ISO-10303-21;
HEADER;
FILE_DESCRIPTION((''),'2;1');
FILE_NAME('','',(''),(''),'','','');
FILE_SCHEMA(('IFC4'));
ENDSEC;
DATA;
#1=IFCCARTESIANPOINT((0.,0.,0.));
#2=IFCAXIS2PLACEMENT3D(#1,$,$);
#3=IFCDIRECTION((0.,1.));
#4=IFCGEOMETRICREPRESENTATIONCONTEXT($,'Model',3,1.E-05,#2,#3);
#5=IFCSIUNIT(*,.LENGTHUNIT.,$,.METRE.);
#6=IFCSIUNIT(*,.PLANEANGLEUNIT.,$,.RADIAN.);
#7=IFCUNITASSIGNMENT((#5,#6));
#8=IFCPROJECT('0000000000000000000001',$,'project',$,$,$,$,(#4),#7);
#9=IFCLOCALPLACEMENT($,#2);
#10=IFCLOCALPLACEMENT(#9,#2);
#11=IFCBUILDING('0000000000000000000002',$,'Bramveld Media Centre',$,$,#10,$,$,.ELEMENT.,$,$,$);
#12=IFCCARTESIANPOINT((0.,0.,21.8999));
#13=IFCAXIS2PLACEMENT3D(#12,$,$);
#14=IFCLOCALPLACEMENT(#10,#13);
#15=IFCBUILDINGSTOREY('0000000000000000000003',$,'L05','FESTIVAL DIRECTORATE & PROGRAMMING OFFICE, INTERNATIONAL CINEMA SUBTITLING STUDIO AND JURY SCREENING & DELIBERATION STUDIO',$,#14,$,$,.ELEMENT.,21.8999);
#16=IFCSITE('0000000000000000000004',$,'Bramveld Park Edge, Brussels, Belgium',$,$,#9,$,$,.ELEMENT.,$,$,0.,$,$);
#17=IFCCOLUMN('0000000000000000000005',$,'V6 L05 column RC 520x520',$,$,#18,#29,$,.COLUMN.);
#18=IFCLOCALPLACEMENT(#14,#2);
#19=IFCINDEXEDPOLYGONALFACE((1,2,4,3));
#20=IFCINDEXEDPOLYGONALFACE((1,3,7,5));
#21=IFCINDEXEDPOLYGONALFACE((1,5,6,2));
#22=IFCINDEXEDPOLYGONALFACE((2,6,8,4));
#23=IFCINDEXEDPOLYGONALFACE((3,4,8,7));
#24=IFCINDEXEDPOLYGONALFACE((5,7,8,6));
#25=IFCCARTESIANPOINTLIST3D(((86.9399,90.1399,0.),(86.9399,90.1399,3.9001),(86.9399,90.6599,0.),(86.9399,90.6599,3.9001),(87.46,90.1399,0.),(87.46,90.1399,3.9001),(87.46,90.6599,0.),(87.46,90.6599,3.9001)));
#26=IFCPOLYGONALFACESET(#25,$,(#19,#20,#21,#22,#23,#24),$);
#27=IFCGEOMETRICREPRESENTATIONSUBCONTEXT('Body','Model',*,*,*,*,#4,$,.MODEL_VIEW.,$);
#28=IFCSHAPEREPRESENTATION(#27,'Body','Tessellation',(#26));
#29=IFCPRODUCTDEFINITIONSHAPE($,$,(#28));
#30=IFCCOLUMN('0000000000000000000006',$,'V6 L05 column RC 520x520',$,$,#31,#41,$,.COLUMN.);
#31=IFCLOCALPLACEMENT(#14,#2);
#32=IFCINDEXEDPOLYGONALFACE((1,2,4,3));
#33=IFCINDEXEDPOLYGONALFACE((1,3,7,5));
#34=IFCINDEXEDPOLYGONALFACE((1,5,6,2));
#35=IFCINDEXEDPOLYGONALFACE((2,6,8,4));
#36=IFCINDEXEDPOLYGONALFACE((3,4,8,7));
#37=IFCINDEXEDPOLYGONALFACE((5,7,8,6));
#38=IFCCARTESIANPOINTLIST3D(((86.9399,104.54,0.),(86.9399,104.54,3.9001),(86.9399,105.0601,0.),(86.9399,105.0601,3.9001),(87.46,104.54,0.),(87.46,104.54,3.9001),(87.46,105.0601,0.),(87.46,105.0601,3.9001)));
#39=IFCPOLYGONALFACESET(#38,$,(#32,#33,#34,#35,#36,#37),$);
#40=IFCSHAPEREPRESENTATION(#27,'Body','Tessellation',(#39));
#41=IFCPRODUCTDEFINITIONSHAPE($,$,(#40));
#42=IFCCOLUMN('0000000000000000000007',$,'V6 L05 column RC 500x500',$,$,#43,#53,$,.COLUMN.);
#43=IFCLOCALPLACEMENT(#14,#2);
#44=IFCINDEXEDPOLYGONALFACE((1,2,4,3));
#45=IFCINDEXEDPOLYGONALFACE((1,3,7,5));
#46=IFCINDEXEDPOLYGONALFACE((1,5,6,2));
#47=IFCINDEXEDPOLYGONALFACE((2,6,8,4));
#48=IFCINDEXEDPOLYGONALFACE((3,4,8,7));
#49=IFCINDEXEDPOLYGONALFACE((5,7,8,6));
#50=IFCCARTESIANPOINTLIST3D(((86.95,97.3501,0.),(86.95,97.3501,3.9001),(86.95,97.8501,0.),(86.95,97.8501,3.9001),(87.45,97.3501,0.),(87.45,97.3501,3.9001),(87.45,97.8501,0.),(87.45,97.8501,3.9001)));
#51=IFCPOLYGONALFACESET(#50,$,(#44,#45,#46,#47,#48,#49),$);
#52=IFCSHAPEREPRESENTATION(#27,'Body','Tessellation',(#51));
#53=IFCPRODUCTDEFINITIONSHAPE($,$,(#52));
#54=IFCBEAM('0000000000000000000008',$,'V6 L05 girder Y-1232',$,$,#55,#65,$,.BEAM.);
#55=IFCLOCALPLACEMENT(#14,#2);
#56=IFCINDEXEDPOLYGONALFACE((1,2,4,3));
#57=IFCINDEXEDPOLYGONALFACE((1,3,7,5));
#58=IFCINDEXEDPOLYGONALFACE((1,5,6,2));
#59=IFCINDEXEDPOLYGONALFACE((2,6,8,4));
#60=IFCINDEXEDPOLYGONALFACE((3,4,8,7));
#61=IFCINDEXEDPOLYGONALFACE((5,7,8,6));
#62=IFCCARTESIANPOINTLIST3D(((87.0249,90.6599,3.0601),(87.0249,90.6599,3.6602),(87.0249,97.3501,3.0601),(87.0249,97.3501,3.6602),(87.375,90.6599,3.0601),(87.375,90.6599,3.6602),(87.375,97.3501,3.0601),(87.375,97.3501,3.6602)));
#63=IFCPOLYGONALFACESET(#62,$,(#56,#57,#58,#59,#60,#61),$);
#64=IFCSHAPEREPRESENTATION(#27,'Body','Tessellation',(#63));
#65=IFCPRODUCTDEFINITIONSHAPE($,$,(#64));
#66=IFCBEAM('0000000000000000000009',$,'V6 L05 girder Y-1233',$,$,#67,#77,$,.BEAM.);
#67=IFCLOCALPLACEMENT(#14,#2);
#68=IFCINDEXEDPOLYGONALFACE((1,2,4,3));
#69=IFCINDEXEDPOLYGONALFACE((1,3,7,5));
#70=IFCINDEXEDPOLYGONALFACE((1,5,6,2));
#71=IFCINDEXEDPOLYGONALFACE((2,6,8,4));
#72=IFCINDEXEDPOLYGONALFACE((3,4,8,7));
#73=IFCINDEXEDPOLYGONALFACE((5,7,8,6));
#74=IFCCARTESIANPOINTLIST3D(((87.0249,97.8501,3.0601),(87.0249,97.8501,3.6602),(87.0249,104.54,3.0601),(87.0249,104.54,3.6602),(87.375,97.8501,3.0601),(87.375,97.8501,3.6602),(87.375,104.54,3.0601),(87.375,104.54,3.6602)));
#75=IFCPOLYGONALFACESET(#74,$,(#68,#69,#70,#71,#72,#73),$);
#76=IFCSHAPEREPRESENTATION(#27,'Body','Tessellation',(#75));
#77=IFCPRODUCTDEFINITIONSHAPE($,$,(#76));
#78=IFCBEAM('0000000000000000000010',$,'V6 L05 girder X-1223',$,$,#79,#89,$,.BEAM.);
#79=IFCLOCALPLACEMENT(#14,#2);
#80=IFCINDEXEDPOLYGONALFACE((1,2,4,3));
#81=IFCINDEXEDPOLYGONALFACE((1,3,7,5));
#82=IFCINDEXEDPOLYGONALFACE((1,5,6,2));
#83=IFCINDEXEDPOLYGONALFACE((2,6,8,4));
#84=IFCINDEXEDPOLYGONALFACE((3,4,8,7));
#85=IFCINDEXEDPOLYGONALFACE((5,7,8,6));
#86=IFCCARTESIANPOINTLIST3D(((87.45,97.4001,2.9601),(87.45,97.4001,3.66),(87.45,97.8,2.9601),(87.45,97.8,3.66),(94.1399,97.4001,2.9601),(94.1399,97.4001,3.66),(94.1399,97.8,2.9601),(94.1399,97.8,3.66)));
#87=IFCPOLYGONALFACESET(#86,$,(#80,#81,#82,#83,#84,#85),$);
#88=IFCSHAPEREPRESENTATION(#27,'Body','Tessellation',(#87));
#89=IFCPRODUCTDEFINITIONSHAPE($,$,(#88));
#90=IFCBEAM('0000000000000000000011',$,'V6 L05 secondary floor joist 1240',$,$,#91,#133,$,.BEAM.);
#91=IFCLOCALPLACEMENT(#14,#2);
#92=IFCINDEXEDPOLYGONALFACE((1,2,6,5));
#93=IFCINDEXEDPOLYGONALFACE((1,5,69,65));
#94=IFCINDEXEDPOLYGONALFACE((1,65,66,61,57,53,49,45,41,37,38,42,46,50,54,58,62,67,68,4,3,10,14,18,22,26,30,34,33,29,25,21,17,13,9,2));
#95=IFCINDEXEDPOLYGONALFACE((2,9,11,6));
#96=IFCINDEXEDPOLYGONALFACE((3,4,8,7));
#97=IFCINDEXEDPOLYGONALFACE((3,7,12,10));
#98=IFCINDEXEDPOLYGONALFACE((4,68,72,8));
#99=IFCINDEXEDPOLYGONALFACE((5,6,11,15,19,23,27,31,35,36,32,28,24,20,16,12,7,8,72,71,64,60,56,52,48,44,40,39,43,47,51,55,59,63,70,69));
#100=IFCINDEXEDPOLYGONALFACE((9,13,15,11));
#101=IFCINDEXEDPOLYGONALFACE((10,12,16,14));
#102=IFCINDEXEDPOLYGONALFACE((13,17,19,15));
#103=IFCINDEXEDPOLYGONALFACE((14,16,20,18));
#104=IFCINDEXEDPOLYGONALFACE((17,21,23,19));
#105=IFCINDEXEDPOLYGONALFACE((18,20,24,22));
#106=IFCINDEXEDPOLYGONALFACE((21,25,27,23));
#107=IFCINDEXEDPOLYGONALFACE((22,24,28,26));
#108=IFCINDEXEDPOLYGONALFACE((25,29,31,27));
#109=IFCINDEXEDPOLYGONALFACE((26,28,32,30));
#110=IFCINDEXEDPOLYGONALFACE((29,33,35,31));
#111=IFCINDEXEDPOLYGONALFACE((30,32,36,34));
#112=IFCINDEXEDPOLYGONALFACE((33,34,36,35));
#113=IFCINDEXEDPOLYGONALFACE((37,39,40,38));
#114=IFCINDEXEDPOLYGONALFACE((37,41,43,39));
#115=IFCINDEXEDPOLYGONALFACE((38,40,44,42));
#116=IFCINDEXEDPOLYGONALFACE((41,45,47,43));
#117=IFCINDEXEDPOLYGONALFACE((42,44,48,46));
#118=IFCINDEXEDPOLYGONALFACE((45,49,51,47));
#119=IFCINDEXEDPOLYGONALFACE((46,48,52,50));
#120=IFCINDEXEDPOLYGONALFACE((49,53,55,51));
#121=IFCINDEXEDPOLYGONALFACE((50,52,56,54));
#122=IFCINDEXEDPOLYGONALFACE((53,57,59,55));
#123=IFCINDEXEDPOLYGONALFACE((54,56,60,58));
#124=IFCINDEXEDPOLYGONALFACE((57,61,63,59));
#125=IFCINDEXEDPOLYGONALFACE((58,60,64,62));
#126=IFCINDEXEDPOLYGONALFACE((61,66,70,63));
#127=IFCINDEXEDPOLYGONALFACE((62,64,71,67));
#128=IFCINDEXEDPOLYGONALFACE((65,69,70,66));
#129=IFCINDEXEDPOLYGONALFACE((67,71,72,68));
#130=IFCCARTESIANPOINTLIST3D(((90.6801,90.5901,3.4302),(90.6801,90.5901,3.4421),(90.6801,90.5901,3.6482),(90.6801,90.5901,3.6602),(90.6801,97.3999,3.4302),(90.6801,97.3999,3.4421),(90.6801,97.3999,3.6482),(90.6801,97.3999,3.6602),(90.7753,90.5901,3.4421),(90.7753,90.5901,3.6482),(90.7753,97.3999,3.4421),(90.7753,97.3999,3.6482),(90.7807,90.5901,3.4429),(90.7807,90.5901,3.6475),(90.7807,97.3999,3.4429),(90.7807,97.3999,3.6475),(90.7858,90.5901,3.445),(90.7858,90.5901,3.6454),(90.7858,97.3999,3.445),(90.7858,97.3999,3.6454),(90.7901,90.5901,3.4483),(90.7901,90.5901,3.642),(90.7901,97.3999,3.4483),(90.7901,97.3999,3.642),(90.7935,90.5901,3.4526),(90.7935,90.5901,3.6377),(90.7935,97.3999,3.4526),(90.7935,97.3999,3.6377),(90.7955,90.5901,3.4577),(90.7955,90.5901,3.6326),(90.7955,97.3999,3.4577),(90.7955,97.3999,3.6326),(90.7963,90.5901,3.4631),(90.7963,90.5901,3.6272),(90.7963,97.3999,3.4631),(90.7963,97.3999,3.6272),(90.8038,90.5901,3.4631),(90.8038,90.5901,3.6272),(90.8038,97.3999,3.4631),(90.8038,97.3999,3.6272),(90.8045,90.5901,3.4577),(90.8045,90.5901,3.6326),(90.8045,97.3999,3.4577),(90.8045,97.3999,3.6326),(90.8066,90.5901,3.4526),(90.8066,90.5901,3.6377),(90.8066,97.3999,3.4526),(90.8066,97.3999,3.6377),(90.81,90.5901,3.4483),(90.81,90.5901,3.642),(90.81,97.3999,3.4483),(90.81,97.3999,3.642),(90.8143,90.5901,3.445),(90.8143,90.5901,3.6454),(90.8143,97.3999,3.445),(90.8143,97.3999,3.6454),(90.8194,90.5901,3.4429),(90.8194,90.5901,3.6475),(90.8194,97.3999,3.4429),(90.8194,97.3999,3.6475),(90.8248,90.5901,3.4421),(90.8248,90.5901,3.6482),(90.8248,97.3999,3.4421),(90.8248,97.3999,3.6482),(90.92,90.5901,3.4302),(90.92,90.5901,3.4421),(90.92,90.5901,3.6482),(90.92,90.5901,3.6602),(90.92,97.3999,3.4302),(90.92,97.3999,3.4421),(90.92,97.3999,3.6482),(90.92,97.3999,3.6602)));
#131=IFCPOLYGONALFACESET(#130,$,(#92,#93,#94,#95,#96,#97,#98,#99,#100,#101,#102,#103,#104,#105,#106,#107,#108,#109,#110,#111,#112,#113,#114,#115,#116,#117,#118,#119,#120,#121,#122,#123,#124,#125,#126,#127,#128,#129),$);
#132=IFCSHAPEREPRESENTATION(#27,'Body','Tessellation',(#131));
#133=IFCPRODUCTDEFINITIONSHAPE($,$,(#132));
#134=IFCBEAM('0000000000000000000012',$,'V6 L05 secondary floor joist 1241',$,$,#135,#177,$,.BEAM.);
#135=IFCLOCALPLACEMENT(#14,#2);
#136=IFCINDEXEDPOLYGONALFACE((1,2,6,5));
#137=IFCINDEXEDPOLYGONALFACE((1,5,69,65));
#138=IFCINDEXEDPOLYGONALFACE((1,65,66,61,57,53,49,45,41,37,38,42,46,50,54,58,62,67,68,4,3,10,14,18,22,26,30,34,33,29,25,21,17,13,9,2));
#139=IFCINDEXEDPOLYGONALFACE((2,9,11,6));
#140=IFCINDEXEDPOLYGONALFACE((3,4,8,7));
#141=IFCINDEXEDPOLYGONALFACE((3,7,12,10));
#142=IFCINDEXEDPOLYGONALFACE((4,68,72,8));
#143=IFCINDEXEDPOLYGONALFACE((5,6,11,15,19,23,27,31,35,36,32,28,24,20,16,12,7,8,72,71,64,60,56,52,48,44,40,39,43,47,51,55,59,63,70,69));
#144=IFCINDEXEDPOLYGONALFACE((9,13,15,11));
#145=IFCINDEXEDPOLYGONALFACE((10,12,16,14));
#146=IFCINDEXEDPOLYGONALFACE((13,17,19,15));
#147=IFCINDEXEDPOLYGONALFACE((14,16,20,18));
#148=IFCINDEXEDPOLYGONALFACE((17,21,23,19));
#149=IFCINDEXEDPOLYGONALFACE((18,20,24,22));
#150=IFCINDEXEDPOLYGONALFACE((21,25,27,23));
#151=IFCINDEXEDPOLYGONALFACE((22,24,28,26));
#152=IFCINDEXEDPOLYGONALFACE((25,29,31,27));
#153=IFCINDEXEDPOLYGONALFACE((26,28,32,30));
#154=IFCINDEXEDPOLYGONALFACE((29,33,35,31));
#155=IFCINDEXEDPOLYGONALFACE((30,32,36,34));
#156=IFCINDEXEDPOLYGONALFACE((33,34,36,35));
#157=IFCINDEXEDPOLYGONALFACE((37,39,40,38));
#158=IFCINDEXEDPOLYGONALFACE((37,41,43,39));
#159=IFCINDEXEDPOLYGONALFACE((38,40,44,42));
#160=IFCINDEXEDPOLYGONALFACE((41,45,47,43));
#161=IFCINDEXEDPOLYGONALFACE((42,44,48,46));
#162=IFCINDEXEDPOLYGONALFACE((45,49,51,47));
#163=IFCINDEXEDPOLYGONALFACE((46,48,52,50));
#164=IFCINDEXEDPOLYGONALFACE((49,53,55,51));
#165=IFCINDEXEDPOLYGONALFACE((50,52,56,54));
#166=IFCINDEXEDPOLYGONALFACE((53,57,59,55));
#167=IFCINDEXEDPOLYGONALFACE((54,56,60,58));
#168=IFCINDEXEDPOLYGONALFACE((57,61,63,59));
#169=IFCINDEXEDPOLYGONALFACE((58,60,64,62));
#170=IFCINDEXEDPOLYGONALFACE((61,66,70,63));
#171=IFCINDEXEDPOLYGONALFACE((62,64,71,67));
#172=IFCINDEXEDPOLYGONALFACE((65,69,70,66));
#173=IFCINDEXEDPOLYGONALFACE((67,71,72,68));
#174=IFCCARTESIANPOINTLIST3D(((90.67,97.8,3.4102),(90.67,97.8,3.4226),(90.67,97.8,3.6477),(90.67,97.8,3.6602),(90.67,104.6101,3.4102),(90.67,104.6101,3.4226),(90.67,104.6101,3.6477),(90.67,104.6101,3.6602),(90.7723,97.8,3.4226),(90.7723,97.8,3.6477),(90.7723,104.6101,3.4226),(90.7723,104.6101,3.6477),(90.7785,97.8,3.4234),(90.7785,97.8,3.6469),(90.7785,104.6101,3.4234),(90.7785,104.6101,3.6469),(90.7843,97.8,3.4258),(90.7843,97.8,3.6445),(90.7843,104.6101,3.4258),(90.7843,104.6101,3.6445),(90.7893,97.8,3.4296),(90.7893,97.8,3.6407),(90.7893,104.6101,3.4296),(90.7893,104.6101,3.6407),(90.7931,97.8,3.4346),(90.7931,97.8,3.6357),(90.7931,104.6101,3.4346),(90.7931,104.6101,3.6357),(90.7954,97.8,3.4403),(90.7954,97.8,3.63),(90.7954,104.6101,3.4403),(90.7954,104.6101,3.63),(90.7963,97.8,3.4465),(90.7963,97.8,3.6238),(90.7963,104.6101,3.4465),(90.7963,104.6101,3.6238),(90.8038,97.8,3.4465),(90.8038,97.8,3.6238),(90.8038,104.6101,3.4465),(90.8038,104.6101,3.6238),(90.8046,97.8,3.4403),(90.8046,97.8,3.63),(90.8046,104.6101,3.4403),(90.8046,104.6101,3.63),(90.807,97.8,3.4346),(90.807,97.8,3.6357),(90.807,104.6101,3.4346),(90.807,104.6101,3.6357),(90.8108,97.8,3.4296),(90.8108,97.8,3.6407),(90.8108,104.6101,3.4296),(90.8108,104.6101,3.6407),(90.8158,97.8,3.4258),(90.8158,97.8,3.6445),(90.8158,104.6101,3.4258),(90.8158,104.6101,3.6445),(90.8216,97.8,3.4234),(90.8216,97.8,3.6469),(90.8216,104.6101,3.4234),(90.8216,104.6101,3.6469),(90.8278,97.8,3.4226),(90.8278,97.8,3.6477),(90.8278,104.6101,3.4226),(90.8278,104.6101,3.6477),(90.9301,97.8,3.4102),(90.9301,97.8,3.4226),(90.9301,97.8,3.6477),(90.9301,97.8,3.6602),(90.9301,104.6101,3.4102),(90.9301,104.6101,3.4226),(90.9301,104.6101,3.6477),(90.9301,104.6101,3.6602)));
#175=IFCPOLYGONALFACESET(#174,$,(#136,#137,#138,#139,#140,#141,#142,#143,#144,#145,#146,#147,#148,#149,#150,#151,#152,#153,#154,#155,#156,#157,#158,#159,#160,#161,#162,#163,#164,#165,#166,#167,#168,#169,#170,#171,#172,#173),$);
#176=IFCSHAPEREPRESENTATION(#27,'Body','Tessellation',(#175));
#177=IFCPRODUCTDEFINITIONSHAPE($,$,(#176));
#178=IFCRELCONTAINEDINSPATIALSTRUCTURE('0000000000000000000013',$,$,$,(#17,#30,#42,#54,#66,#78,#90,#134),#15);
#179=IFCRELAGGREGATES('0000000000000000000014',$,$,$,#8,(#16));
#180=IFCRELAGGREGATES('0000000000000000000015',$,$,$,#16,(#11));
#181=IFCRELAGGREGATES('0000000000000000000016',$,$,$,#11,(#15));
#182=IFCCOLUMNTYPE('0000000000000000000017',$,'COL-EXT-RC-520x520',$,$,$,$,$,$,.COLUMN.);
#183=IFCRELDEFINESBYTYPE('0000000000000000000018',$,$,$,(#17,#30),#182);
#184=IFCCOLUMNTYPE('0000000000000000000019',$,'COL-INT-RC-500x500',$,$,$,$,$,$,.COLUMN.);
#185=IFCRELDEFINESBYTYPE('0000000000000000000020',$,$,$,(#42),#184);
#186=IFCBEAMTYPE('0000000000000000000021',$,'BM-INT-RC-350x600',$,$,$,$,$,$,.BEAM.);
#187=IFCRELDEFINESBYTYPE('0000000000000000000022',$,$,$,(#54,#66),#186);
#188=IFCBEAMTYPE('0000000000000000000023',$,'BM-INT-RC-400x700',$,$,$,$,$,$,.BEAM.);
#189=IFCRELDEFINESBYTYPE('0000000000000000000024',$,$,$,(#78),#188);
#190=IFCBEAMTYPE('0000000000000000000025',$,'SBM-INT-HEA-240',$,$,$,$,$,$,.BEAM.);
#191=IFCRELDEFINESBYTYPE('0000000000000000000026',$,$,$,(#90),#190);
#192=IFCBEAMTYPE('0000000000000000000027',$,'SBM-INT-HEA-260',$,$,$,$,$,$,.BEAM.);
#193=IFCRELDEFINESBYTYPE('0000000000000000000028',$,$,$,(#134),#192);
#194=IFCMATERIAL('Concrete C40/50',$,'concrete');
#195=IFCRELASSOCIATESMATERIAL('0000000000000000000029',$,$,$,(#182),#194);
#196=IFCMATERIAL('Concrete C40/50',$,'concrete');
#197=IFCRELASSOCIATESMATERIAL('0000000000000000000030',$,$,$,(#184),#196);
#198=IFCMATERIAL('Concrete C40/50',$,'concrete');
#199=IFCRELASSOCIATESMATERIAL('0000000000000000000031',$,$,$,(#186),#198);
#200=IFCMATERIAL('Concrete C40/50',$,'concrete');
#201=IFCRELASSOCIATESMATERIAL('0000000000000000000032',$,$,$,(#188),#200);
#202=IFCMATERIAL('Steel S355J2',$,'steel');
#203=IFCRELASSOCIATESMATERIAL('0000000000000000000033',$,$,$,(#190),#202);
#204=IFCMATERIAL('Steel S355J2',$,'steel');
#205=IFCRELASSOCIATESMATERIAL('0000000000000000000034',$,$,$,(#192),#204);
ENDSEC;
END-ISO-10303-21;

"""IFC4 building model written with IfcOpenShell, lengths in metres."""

from ifc_helpers import new_model, si_unit, direction, frame, origin, origin_2d, place, context, subcontext, project, spatial, rectangle, i_section, extrude, material, material_profile, profile_set, type_object, element, save


model = new_model("IFC4")

# Units and contexts
model_context = context("Model", 3, precision=1e-05, world=origin(), true_north=direction((0.0, 1.0)))
body_context = subcontext(model_context, "Body", "Model", "MODEL_VIEW")
ifc_project = project(units=[si_unit("LENGTHUNIT", "METRE"), si_unit("PLANEANGLEUNIT", "RADIAN")], contexts=[model_context])

# Site, building, storey
site_placement = place(None, origin())
site = spatial("IfcSite", under=ifc_project, at=site_placement, Name="Bramveld Park Edge, Brussels, Belgium", CompositionType="ELEMENT", RefElevation=0.0)
building_placement = place(site_placement, origin())
building = spatial("IfcBuilding", under=site, at=building_placement, Name="Bramveld Media Centre", CompositionType="ELEMENT")
storey_placement = place(building_placement, frame((0.0, 0.0, 21.8999)))
storey = spatial("IfcBuildingStorey", under=building, at=storey_placement, Name="L05", Description="FESTIVAL DIRECTORATE & PROGRAMMING OFFICE, INTERNATIONAL CINEMA SUBTITLING STUDIO AND JURY SCREENING & DELIBERATION STUDIO", CompositionType="ELEMENT", Elevation=21.8999)

# Columns
ifc_material_1 = material(Name="Concrete C40/50", Category="concrete")
ifc_material_profile_1 = material_profile(ifc_material_1, rectangle(XDim=0.52, YDim=0.52, at=origin_2d()), Name="RC 520x520")
ifc_profile_set_1 = profile_set([ifc_material_profile_1], Name="Concrete C40/50")
column_type_1 = type_object("IfcColumnType", Name="COL-EXT-RC-520x520", PredefinedType="COLUMN", material=ifc_profile_set_1)
for number, where, z_axis, x_axis, name in (
    (1, (87.2, 90.3999, 0.0), (0.0, 0.0, 1.0), (1.0, 0.0, 0.0), "V6 L05 column RC 520x520"),
    (2, (87.2, 104.8, 0.0), (0.0, 0.0, 1.0), (1.0, 0.0, 0.0), "V6 L05 column RC 520x520"),
):
    element("IfcColumn", number, at=place(storey_placement, frame(where, z_axis=z_axis, x_axis=x_axis)), inside=storey, type_object=column_type_1, Name=name, PredefinedType="COLUMN", context=body_context, shape_type="SweptSolid", body=[
        extrude(rectangle(XDim=0.52, YDim=0.52, at=origin_2d()), origin(), (0.0, 0.0, 1.0), 3.9001),
    ])
ifc_material_2 = material(Name="Concrete C40/50", Category="concrete")
ifc_material_profile_2 = material_profile(ifc_material_2, rectangle(XDim=0.5, YDim=0.5, at=origin_2d()), Name="RC 500x500")
ifc_profile_set_2 = profile_set([ifc_material_profile_2], Name="Concrete C40/50")
column_type_2 = type_object("IfcColumnType", Name="COL-INT-RC-500x500", PredefinedType="COLUMN", material=ifc_profile_set_2)
column_placement = place(storey_placement, frame((87.2, 97.6001, 0.0), z_axis=(0.0, 0.0, 1.0), x_axis=(1.0, 0.0, 0.0)))
element("IfcColumn", 3, at=column_placement, inside=storey, type_object=column_type_2, Name="V6 L05 column RC 500x500", PredefinedType="COLUMN", context=body_context, shape_type="SweptSolid", body=[
    extrude(rectangle(XDim=0.5, YDim=0.5, at=origin_2d()), origin(), (0.0, 0.0, 1.0), 3.9001),
])

# Beams
ifc_material_3 = material(Name="Concrete C40/50", Category="concrete")
ifc_material_profile_3 = material_profile(ifc_material_3, rectangle(XDim=0.3501, YDim=0.6001, at=origin_2d()), Name="RC 350x600")
ifc_profile_set_3 = profile_set([ifc_material_profile_3], Name="Concrete C40/50")
beam_type_1 = type_object("IfcBeamType", Name="BM-INT-RC-350x600", PredefinedType="BEAM", material=ifc_profile_set_3)
beam_1_placement = place(storey_placement, frame((87.2, 90.6599, 3.3601), z_axis=(0.0, 1.0, 0.0), x_axis=(-1.0, 0.0, 0.0)))
element("IfcBeam", 4, at=beam_1_placement, inside=storey, type_object=beam_type_1, Name="V6 L05 girder Y-1232", PredefinedType="BEAM", context=body_context, shape_type="SweptSolid", body=[
    extrude(rectangle(XDim=0.3501, YDim=0.6001, at=origin_2d()), origin(), (0.0, 0.0, 1.0), 6.6902),
])
beam_2_placement = place(storey_placement, frame((87.2, 97.8501, 3.3601), z_axis=(0.0, 1.0, 0.0), x_axis=(-1.0, 0.0, 0.0)))
element("IfcBeam", 5, at=beam_2_placement, inside=storey, type_object=beam_type_1, Name="V6 L05 girder Y-1233", PredefinedType="BEAM", context=body_context, shape_type="SweptSolid", body=[
    extrude(rectangle(XDim=0.3501, YDim=0.6001, at=origin_2d()), origin(), (0.0, 0.0, 1.0), 6.6899),
])
ifc_material_4 = material(Name="Concrete C40/50", Category="concrete")
ifc_material_profile_4 = material_profile(ifc_material_4, rectangle(XDim=0.3999, YDim=0.7, at=origin_2d()), Name="RC 400x700")
ifc_profile_set_4 = profile_set([ifc_material_profile_4], Name="Concrete C40/50")
beam_type_2 = type_object("IfcBeamType", Name="BM-INT-RC-400x700", PredefinedType="BEAM", material=ifc_profile_set_4)
beam_3_placement = place(storey_placement, frame((87.45, 97.6001, 3.3101), z_axis=(1.0, 0.0, 0.0), x_axis=(0.0, 1.0, 0.0)))
element("IfcBeam", 6, at=beam_3_placement, inside=storey, type_object=beam_type_2, Name="V6 L05 girder X-1223", PredefinedType="BEAM", context=body_context, shape_type="SweptSolid", body=[
    extrude(rectangle(XDim=0.3999, YDim=0.7, at=origin_2d()), origin(), (0.0, 0.0, 1.0), 6.6899),
])
ifc_material_5 = material(Name="Steel S355J2", Category="steel")
ifc_material_profile_5 = material_profile(ifc_material_5, i_section(OverallWidth=0.24, OverallDepth=0.23, WebThickness=0.0076, FlangeThickness=0.012, FilletRadius=0.021, at=origin_2d()), Name="HEA 240")
ifc_profile_set_5 = profile_set([ifc_material_profile_5], Name="Steel S355J2")
beam_type_3 = type_object("IfcBeamType", Name="SBM-INT-HEA-240", PredefinedType="BEAM", material=ifc_profile_set_5)
beam_4_placement = place(storey_placement, frame((90.8, 90.5901, 3.5452), z_axis=(0.0, 1.0, 0.0), x_axis=(-1.0, 0.0, 0.0)))
element("IfcBeam", 7, at=beam_4_placement, inside=storey, type_object=beam_type_3, Name="V6 L05 secondary floor joist 1240", PredefinedType="BEAM", context=body_context, shape_type="SweptSolid", body=[
    extrude(i_section(OverallWidth=0.24, OverallDepth=0.23, WebThickness=0.0076, FlangeThickness=0.012, FilletRadius=0.021, at=origin_2d()), origin(), (0.0, 0.0, 1.0), 6.8098),
])
ifc_material_6 = material(Name="Steel S355J2", Category="steel")
ifc_material_profile_6 = material_profile(ifc_material_6, i_section(OverallWidth=0.26, OverallDepth=0.25, WebThickness=0.0076, FlangeThickness=0.0125, FilletRadius=0.0239, at=origin_2d()), Name="HEA 260")
ifc_profile_set_6 = profile_set([ifc_material_profile_6], Name="Steel S355J2")
beam_type_4 = type_object("IfcBeamType", Name="SBM-INT-HEA-260", PredefinedType="BEAM", material=ifc_profile_set_6)
beam_5_placement = place(storey_placement, frame((90.8, 97.8, 3.5352), z_axis=(0.0, 1.0, 0.0), x_axis=(-1.0, 0.0, 0.0)))
element("IfcBeam", 8, at=beam_5_placement, inside=storey, type_object=beam_type_4, Name="V6 L05 secondary floor joist 1241", PredefinedType="BEAM", context=body_context, shape_type="SweptSolid", body=[
    extrude(i_section(OverallWidth=0.26, OverallDepth=0.25, WebThickness=0.0076, FlangeThickness=0.0125, FilletRadius=0.0239, at=origin_2d()), origin(), (0.0, 0.0, 1.0), 6.8101),
])

save(model, "model.ifc")
